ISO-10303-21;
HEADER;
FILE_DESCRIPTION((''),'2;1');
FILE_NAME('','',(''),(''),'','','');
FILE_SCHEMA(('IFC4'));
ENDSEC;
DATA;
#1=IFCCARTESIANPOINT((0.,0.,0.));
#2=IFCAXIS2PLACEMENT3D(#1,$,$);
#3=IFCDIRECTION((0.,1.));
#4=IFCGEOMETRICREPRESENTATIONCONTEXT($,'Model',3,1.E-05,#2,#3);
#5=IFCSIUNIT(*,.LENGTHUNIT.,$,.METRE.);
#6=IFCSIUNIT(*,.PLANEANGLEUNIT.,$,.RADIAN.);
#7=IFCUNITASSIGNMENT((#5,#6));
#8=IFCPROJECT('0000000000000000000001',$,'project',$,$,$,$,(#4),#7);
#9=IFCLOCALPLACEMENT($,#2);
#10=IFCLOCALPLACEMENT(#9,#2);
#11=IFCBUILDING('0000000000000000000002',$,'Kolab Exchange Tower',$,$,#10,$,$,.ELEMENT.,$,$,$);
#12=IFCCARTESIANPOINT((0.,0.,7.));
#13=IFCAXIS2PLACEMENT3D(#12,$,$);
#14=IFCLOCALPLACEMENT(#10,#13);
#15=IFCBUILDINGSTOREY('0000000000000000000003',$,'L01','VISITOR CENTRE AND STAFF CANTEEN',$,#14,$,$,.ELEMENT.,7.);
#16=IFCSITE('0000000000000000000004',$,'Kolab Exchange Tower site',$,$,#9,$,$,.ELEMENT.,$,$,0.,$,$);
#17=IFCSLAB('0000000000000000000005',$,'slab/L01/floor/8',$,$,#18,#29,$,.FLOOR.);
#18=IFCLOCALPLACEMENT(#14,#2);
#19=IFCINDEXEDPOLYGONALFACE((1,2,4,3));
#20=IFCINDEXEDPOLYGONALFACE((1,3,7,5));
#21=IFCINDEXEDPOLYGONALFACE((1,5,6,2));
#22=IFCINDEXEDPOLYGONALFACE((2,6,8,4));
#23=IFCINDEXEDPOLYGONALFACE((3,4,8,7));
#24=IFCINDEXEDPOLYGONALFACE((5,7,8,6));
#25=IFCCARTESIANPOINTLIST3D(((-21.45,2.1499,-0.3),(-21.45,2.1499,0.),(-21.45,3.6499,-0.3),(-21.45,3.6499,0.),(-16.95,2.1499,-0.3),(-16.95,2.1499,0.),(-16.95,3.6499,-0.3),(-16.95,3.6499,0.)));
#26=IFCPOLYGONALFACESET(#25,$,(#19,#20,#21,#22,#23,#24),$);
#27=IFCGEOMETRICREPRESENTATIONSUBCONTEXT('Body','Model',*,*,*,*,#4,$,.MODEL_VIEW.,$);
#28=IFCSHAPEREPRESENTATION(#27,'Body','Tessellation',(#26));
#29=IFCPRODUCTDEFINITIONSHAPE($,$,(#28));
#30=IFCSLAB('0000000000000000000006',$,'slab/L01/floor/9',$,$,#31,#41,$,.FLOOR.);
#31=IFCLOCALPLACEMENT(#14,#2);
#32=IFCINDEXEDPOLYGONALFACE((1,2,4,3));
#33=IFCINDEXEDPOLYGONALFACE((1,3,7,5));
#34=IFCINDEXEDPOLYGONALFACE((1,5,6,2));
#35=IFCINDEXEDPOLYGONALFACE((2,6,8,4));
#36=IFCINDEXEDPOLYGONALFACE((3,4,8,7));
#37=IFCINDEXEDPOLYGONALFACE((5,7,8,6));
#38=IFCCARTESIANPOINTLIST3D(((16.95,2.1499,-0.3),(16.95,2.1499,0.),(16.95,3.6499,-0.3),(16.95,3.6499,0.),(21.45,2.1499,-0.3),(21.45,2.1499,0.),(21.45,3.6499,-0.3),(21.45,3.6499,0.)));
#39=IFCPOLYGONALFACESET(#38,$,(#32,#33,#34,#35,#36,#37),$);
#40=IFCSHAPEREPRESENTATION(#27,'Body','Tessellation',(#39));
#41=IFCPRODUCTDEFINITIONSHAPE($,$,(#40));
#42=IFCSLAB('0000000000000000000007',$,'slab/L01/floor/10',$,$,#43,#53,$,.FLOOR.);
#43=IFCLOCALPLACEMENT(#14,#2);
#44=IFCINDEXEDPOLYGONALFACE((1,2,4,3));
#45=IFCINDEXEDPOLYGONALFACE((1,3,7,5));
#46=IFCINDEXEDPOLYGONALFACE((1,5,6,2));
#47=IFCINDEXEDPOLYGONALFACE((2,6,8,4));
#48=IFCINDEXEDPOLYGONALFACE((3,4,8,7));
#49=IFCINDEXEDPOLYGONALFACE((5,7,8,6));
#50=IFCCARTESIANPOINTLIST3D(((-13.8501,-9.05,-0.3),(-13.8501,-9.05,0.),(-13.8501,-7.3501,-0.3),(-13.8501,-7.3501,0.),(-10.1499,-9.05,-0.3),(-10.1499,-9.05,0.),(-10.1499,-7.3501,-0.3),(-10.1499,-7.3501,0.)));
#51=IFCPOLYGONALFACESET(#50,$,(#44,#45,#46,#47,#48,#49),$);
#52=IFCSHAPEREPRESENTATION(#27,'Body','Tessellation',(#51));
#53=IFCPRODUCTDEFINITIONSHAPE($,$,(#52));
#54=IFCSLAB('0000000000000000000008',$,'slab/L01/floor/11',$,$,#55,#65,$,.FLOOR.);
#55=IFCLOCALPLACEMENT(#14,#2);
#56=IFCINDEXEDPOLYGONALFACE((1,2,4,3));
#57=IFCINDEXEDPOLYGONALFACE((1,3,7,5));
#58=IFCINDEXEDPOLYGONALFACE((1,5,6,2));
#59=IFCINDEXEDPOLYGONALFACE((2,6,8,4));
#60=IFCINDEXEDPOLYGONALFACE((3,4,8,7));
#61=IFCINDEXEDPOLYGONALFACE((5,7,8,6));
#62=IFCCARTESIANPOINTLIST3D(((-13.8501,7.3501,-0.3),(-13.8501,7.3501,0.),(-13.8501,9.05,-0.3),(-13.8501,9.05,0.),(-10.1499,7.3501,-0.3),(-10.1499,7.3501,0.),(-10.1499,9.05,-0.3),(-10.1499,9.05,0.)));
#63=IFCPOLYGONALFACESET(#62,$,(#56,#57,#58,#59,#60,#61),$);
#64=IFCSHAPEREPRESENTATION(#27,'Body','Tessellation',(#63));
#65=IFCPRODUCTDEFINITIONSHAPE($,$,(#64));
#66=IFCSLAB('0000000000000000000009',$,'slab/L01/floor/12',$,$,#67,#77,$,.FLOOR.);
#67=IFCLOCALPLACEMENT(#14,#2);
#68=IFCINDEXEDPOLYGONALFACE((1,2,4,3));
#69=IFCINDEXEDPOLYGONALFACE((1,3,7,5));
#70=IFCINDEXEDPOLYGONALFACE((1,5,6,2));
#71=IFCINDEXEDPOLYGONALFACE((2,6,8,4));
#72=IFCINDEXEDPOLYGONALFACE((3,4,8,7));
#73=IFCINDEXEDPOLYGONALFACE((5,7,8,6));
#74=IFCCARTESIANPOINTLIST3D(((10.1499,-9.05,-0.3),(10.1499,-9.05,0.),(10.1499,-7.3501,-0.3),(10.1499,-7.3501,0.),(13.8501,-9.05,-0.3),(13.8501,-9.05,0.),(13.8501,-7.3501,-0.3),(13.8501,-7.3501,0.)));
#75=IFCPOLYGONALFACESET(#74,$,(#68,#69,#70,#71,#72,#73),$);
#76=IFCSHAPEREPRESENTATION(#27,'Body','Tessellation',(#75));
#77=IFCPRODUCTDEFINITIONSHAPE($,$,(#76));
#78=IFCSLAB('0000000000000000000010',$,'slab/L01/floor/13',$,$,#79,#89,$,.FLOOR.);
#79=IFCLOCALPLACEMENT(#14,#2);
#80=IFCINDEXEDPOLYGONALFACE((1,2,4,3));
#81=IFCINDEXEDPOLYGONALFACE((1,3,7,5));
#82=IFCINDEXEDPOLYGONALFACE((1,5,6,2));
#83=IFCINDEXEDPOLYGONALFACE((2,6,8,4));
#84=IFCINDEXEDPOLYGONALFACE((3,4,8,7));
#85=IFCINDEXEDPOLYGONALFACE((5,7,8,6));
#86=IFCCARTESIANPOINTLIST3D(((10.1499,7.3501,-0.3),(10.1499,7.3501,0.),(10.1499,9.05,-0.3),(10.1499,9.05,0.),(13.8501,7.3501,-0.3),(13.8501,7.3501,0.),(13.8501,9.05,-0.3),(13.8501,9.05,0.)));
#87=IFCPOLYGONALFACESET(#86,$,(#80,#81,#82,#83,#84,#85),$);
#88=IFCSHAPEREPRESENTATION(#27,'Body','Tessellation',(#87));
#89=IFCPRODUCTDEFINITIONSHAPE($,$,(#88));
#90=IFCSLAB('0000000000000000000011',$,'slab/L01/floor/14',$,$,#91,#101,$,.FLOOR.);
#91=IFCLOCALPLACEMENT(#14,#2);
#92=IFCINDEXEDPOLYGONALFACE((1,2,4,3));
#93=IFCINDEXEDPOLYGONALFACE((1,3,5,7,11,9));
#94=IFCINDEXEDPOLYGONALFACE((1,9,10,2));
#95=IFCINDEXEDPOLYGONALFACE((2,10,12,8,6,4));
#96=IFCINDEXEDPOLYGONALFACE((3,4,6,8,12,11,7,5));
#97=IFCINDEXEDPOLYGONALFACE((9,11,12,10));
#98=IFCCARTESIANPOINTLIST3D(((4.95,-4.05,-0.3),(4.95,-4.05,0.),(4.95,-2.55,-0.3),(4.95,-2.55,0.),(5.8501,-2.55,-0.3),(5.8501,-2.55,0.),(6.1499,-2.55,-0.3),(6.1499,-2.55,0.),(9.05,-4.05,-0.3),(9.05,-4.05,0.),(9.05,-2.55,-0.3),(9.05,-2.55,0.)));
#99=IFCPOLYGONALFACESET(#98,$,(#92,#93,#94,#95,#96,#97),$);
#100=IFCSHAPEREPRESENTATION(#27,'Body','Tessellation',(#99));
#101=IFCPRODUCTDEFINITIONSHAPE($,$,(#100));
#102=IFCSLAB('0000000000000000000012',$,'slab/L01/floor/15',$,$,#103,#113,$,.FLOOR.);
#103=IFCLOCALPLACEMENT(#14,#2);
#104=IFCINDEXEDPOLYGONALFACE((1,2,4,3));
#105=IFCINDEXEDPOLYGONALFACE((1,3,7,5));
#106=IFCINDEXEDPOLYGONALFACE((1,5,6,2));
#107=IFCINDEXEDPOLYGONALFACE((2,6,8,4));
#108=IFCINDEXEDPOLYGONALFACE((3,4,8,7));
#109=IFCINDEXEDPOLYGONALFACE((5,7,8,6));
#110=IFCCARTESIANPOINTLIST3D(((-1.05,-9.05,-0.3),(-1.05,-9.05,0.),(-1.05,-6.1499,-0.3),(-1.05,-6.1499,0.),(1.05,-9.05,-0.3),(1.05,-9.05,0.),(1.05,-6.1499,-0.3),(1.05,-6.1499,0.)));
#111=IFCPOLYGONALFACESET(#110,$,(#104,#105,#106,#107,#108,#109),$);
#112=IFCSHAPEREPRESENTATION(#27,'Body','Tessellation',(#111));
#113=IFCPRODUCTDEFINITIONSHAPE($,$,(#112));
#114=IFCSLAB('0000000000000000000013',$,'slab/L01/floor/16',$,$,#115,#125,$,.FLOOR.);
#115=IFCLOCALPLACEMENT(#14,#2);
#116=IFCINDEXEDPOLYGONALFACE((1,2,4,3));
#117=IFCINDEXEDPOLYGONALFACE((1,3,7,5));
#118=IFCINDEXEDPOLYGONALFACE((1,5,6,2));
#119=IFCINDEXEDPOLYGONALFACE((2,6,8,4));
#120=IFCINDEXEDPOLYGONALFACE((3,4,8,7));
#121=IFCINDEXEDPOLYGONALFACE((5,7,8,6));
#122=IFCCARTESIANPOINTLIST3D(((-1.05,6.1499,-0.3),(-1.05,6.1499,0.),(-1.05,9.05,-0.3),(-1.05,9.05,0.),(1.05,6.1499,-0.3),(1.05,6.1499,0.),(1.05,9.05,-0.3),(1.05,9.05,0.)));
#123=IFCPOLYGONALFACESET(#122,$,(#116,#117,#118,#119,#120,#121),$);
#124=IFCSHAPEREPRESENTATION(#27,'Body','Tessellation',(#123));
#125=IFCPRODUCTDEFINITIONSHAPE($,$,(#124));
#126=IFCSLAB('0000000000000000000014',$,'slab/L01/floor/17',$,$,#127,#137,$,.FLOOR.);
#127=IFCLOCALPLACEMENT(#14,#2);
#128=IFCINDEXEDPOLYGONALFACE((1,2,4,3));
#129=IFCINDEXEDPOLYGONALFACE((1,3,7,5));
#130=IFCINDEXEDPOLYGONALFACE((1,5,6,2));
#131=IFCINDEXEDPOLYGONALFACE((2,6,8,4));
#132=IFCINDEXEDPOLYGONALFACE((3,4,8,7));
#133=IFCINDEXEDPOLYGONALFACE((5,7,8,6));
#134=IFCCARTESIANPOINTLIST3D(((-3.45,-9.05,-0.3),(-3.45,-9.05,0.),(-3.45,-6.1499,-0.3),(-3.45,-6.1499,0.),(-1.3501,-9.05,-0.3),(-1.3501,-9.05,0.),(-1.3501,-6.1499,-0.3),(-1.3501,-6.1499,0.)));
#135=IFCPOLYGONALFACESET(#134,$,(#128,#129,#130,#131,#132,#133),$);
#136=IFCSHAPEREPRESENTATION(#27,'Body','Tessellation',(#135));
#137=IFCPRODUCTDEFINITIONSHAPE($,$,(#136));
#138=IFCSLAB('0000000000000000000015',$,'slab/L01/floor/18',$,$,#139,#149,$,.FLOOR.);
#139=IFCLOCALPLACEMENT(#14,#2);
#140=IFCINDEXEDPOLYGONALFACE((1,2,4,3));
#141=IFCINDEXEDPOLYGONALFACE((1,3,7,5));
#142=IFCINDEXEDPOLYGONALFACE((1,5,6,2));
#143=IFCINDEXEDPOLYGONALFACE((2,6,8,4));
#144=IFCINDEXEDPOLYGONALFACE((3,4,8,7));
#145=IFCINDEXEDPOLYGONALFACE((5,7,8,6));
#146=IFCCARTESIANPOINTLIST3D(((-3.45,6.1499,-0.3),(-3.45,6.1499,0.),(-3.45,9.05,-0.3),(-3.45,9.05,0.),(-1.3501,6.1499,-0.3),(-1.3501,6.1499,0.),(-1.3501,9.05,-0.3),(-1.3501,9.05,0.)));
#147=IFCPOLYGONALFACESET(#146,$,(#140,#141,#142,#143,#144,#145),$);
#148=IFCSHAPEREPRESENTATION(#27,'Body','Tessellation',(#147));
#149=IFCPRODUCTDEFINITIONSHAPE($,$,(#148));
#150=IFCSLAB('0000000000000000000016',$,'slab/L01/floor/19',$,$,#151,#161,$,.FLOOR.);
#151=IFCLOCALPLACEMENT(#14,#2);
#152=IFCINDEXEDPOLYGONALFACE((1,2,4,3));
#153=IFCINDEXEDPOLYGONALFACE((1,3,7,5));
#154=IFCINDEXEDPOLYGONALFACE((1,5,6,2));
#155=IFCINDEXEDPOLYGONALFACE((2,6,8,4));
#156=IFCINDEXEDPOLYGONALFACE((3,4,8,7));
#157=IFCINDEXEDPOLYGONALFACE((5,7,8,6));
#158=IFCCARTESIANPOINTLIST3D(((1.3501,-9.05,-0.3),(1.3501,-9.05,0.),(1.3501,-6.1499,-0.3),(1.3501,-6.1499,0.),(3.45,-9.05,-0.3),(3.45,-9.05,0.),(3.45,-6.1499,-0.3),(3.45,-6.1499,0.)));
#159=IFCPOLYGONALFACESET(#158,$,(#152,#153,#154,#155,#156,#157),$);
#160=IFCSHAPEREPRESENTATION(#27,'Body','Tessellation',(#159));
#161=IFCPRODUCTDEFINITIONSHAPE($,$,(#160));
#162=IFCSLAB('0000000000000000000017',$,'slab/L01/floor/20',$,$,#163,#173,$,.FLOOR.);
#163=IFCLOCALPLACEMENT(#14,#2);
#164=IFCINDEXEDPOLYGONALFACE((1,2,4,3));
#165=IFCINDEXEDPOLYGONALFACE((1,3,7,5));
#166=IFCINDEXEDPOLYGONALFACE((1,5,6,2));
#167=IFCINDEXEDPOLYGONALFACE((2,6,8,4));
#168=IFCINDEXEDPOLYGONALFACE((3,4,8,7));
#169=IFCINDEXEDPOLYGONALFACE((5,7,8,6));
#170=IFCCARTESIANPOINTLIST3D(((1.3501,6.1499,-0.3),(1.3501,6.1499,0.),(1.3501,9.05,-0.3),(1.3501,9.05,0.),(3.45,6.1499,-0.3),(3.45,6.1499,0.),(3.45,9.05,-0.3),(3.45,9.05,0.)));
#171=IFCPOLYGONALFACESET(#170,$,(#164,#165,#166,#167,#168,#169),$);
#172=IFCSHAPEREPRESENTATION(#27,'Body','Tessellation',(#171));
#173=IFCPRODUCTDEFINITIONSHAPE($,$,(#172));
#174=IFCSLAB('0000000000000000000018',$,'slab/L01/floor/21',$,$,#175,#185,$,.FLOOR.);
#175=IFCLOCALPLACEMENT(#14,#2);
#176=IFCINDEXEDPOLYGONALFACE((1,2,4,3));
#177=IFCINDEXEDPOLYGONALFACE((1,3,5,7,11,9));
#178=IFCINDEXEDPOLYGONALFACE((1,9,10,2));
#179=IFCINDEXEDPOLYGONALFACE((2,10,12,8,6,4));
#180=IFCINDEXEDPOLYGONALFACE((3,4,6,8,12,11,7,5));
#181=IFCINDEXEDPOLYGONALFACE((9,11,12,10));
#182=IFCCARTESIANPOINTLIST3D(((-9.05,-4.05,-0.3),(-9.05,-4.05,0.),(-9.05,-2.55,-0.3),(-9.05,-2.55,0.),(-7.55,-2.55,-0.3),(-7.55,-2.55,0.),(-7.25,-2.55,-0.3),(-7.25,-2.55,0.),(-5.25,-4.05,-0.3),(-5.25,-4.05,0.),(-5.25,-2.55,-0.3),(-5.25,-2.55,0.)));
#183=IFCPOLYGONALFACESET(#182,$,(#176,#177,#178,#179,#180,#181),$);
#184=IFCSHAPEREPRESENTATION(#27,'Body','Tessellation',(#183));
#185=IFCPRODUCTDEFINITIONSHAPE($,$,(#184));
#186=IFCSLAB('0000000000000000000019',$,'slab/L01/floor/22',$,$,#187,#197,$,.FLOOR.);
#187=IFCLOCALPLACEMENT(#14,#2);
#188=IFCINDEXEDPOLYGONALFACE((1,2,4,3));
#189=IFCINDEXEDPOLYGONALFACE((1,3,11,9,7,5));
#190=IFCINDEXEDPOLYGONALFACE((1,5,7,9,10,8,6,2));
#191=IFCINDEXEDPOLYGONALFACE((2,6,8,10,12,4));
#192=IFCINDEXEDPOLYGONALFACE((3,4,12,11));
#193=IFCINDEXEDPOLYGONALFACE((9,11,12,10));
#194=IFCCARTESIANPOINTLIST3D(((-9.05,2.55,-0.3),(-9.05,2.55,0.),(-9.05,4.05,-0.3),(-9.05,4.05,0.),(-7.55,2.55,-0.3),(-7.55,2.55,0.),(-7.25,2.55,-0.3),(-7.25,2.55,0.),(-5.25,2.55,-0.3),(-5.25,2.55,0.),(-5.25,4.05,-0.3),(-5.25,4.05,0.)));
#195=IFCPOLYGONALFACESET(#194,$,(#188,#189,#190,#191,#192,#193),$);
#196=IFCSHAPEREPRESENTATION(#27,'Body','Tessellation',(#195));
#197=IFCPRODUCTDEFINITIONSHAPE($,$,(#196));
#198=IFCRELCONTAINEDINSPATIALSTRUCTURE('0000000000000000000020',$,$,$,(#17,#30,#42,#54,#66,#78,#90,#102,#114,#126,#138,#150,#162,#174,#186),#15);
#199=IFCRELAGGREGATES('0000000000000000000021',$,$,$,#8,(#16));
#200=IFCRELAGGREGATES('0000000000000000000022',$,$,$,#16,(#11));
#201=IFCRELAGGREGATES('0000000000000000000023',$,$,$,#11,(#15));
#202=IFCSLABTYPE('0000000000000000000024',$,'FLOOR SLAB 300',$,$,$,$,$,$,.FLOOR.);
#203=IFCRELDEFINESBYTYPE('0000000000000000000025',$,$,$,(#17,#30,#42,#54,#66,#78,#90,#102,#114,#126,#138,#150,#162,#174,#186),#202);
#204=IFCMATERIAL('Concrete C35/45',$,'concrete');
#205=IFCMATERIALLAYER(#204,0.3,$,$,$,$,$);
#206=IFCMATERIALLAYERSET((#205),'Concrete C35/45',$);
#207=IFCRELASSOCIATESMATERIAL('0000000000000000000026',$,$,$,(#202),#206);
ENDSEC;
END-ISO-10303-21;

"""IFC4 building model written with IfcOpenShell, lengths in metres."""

from ifc_helpers import new_model, si_unit, direction, frame, origin, place, context, subcontext, project, spatial, polyline, outline, extrude, material, layer, layer_set, type_object, element, save


model = new_model("IFC4")

# Units and contexts
model_context = context("Model", 3, precision=1e-05, world=origin(), true_north=direction((0.0, 1.0)))
body_context = subcontext(model_context, "Body", "Model", "MODEL_VIEW")
ifc_project = project(units=[si_unit("LENGTHUNIT", "METRE"), si_unit("PLANEANGLEUNIT", "RADIAN")], contexts=[model_context])

# Site, building, storey
site_placement = place(None, origin())
site = spatial("IfcSite", under=ifc_project, at=site_placement, Name="Kolab Exchange Tower site", CompositionType="ELEMENT", RefElevation=0.0)
building_placement = place(site_placement, origin())
building = spatial("IfcBuilding", under=site, at=building_placement, Name="Kolab Exchange Tower", CompositionType="ELEMENT")
storey_placement = place(building_placement, frame((0.0, 0.0, 7.0)))
storey = spatial("IfcBuildingStorey", under=building, at=storey_placement, Name="L01", Description="VISITOR CENTRE AND STAFF CANTEEN", CompositionType="ELEMENT", Elevation=7.0)

# Slabs
ifc_material_1 = material(Name="Concrete C35/45", Category="concrete")
ifc_layer_1 = layer(ifc_material_1, 0.3)
ifc_layer_set_1 = layer_set([ifc_layer_1], Name="Concrete C35/45")
slab_type_1 = type_object("IfcSlabType", Name="FLOOR SLAB 300", PredefinedType="FLOOR", material=ifc_layer_set_1)
slab_1_placement = place(storey_placement, frame((0.0, 0.0, -0.3)))
element("IfcSlab", 1, at=slab_1_placement, inside=storey, type_object=slab_type_1, Name="slab/L01/floor/8", PredefinedType="FLOOR", context=body_context, shape_type="SweptSolid", body=[
    extrude(outline(polyline([(-21.45, 3.6499), (-21.45, 2.1499), (-16.95, 2.1499), (-16.95, 3.6499), (-21.45, 3.6499)])), origin(), (0.0, 0.0, 1.0), 0.3),
])
slab_2_placement = place(storey_placement, frame((0.0, 0.0, -0.3)))
element("IfcSlab", 2, at=slab_2_placement, inside=storey, type_object=slab_type_1, Name="slab/L01/floor/9", PredefinedType="FLOOR", context=body_context, shape_type="SweptSolid", body=[
    extrude(outline(polyline([(21.45, 3.6499), (16.95, 3.6499), (16.95, 2.1499), (21.45, 2.1499), (21.45, 3.6499)])), origin(), (0.0, 0.0, 1.0), 0.3),
])
slab_3_placement = place(storey_placement, frame((0.0, 0.0, -0.3)))
element("IfcSlab", 3, at=slab_3_placement, inside=storey, type_object=slab_type_1, Name="slab/L01/floor/10", PredefinedType="FLOOR", context=body_context, shape_type="SweptSolid", body=[
    extrude(outline(polyline([(-13.8501, -7.3501), (-13.8501, -9.05), (-10.1499, -9.05), (-10.1499, -7.3501), (-13.8501, -7.3501)])), origin(), (0.0, 0.0, 1.0), 0.3),
])
slab_4_placement = place(storey_placement, frame((0.0, 0.0, -0.3)))
element("IfcSlab", 4, at=slab_4_placement, inside=storey, type_object=slab_type_1, Name="slab/L01/floor/11", PredefinedType="FLOOR", context=body_context, shape_type="SweptSolid", body=[
    extrude(outline(polyline([(-13.8501, 7.3501), (-10.1499, 7.3501), (-10.1499, 9.05), (-13.8501, 9.05), (-13.8501, 7.3501)])), origin(), (0.0, 0.0, 1.0), 0.3),
])
slab_5_placement = place(storey_placement, frame((0.0, 0.0, -0.3)))
element("IfcSlab", 5, at=slab_5_placement, inside=storey, type_object=slab_type_1, Name="slab/L01/floor/12", PredefinedType="FLOOR", context=body_context, shape_type="SweptSolid", body=[
    extrude(outline(polyline([(10.1499, -7.3501), (10.1499, -9.05), (13.8501, -9.05), (13.8501, -7.3501), (10.1499, -7.3501)])), origin(), (0.0, 0.0, 1.0), 0.3),
])
slab_6_placement = place(storey_placement, frame((0.0, 0.0, -0.3)))
element("IfcSlab", 6, at=slab_6_placement, inside=storey, type_object=slab_type_1, Name="slab/L01/floor/13", PredefinedType="FLOOR", context=body_context, shape_type="SweptSolid", body=[
    extrude(outline(polyline([(10.1499, 7.3501), (13.8501, 7.3501), (13.8501, 9.05), (10.1499, 9.05), (10.1499, 7.3501)])), origin(), (0.0, 0.0, 1.0), 0.3),
])
slab_7_placement = place(storey_placement, frame((0.0, 0.0, -0.3)))
element("IfcSlab", 7, at=slab_7_placement, inside=storey, type_object=slab_type_1, Name="slab/L01/floor/14", PredefinedType="FLOOR", context=body_context, shape_type="SweptSolid", body=[
    extrude(outline(polyline([(9.05, -2.55), (6.1499, -2.55), (5.8501, -2.55), (4.95, -2.55), (4.95, -4.05), (9.05, -4.05), (9.05, -2.55)])), origin(), (0.0, 0.0, 1.0), 0.3),
])
slab_8_placement = place(storey_placement, frame((0.0, 0.0, -0.3)))
element("IfcSlab", 8, at=slab_8_placement, inside=storey, type_object=slab_type_1, Name="slab/L01/floor/15", PredefinedType="FLOOR", context=body_context, shape_type="SweptSolid", body=[
    extrude(outline(polyline([(1.05, -9.05), (1.05, -6.1499), (-1.05, -6.1499), (-1.05, -9.05), (1.05, -9.05)])), origin(), (0.0, 0.0, 1.0), 0.3),
])
slab_9_placement = place(storey_placement, frame((0.0, 0.0, -0.3)))
element("IfcSlab", 9, at=slab_9_placement, inside=storey, type_object=slab_type_1, Name="slab/L01/floor/16", PredefinedType="FLOOR", context=body_context, shape_type="SweptSolid", body=[
    extrude(outline(polyline([(-1.05, 9.05), (-1.05, 6.1499), (1.05, 6.1499), (1.05, 9.05), (-1.05, 9.05)])), origin(), (0.0, 0.0, 1.0), 0.3),
])
slab_10_placement = place(storey_placement, frame((0.0, 0.0, -0.3)))
element("IfcSlab", 10, at=slab_10_placement, inside=storey, type_object=slab_type_1, Name="slab/L01/floor/17", PredefinedType="FLOOR", context=body_context, shape_type="SweptSolid", body=[
    extrude(outline(polyline([(-1.3501, -6.1499), (-3.45, -6.1499), (-3.45, -9.05), (-1.3501, -9.05), (-1.3501, -6.1499)])), origin(), (0.0, 0.0, 1.0), 0.3),
])
slab_11_placement = place(storey_placement, frame((0.0, 0.0, -0.3)))
element("IfcSlab", 11, at=slab_11_placement, inside=storey, type_object=slab_type_1, Name="slab/L01/floor/18", PredefinedType="FLOOR", context=body_context, shape_type="SweptSolid", body=[
    extrude(outline(polyline([(-1.3501, 6.1499), (-1.3501, 9.05), (-3.45, 9.05), (-3.45, 6.1499), (-1.3501, 6.1499)])), origin(), (0.0, 0.0, 1.0), 0.3),
])
slab_12_placement = place(storey_placement, frame((0.0, 0.0, -0.3)))
element("IfcSlab", 12, at=slab_12_placement, inside=storey, type_object=slab_type_1, Name="slab/L01/floor/19", PredefinedType="FLOOR", context=body_context, shape_type="SweptSolid", body=[
    extrude(outline(polyline([(1.3501, -6.1499), (1.3501, -9.05), (3.45, -9.05), (3.45, -6.1499), (1.3501, -6.1499)])), origin(), (0.0, 0.0, 1.0), 0.3),
])
slab_13_placement = place(storey_placement, frame((0.0, 0.0, -0.3)))
element("IfcSlab", 13, at=slab_13_placement, inside=storey, type_object=slab_type_1, Name="slab/L01/floor/20", PredefinedType="FLOOR", context=body_context, shape_type="SweptSolid", body=[
    extrude(outline(polyline([(1.3501, 6.1499), (3.45, 6.1499), (3.45, 9.05), (1.3501, 9.05), (1.3501, 6.1499)])), origin(), (0.0, 0.0, 1.0), 0.3),
])
slab_14_placement = place(storey_placement, frame((0.0, 0.0, -0.3)))
element("IfcSlab", 14, at=slab_14_placement, inside=storey, type_object=slab_type_1, Name="slab/L01/floor/21", PredefinedType="FLOOR", context=body_context, shape_type="SweptSolid", body=[
    extrude(outline(polyline([(-5.25, -4.05), (-5.25, -2.55), (-7.25, -2.55), (-7.55, -2.55), (-9.05, -2.55), (-9.05, -4.05), (-5.25, -4.05)])), origin(), (0.0, 0.0, 1.0), 0.3),
])
slab_15_placement = place(storey_placement, frame((0.0, 0.0, -0.3)))
element("IfcSlab", 15, at=slab_15_placement, inside=storey, type_object=slab_type_1, Name="slab/L01/floor/22", PredefinedType="FLOOR", context=body_context, shape_type="SweptSolid", body=[
    extrude(outline(polyline([(-5.25, 4.05), (-9.05, 4.05), (-9.05, 2.55), (-7.55, 2.55), (-7.25, 2.55), (-5.25, 2.55), (-5.25, 4.05)])), origin(), (0.0, 0.0, 1.0), 0.3),
])

save(model, "model.ifc")
